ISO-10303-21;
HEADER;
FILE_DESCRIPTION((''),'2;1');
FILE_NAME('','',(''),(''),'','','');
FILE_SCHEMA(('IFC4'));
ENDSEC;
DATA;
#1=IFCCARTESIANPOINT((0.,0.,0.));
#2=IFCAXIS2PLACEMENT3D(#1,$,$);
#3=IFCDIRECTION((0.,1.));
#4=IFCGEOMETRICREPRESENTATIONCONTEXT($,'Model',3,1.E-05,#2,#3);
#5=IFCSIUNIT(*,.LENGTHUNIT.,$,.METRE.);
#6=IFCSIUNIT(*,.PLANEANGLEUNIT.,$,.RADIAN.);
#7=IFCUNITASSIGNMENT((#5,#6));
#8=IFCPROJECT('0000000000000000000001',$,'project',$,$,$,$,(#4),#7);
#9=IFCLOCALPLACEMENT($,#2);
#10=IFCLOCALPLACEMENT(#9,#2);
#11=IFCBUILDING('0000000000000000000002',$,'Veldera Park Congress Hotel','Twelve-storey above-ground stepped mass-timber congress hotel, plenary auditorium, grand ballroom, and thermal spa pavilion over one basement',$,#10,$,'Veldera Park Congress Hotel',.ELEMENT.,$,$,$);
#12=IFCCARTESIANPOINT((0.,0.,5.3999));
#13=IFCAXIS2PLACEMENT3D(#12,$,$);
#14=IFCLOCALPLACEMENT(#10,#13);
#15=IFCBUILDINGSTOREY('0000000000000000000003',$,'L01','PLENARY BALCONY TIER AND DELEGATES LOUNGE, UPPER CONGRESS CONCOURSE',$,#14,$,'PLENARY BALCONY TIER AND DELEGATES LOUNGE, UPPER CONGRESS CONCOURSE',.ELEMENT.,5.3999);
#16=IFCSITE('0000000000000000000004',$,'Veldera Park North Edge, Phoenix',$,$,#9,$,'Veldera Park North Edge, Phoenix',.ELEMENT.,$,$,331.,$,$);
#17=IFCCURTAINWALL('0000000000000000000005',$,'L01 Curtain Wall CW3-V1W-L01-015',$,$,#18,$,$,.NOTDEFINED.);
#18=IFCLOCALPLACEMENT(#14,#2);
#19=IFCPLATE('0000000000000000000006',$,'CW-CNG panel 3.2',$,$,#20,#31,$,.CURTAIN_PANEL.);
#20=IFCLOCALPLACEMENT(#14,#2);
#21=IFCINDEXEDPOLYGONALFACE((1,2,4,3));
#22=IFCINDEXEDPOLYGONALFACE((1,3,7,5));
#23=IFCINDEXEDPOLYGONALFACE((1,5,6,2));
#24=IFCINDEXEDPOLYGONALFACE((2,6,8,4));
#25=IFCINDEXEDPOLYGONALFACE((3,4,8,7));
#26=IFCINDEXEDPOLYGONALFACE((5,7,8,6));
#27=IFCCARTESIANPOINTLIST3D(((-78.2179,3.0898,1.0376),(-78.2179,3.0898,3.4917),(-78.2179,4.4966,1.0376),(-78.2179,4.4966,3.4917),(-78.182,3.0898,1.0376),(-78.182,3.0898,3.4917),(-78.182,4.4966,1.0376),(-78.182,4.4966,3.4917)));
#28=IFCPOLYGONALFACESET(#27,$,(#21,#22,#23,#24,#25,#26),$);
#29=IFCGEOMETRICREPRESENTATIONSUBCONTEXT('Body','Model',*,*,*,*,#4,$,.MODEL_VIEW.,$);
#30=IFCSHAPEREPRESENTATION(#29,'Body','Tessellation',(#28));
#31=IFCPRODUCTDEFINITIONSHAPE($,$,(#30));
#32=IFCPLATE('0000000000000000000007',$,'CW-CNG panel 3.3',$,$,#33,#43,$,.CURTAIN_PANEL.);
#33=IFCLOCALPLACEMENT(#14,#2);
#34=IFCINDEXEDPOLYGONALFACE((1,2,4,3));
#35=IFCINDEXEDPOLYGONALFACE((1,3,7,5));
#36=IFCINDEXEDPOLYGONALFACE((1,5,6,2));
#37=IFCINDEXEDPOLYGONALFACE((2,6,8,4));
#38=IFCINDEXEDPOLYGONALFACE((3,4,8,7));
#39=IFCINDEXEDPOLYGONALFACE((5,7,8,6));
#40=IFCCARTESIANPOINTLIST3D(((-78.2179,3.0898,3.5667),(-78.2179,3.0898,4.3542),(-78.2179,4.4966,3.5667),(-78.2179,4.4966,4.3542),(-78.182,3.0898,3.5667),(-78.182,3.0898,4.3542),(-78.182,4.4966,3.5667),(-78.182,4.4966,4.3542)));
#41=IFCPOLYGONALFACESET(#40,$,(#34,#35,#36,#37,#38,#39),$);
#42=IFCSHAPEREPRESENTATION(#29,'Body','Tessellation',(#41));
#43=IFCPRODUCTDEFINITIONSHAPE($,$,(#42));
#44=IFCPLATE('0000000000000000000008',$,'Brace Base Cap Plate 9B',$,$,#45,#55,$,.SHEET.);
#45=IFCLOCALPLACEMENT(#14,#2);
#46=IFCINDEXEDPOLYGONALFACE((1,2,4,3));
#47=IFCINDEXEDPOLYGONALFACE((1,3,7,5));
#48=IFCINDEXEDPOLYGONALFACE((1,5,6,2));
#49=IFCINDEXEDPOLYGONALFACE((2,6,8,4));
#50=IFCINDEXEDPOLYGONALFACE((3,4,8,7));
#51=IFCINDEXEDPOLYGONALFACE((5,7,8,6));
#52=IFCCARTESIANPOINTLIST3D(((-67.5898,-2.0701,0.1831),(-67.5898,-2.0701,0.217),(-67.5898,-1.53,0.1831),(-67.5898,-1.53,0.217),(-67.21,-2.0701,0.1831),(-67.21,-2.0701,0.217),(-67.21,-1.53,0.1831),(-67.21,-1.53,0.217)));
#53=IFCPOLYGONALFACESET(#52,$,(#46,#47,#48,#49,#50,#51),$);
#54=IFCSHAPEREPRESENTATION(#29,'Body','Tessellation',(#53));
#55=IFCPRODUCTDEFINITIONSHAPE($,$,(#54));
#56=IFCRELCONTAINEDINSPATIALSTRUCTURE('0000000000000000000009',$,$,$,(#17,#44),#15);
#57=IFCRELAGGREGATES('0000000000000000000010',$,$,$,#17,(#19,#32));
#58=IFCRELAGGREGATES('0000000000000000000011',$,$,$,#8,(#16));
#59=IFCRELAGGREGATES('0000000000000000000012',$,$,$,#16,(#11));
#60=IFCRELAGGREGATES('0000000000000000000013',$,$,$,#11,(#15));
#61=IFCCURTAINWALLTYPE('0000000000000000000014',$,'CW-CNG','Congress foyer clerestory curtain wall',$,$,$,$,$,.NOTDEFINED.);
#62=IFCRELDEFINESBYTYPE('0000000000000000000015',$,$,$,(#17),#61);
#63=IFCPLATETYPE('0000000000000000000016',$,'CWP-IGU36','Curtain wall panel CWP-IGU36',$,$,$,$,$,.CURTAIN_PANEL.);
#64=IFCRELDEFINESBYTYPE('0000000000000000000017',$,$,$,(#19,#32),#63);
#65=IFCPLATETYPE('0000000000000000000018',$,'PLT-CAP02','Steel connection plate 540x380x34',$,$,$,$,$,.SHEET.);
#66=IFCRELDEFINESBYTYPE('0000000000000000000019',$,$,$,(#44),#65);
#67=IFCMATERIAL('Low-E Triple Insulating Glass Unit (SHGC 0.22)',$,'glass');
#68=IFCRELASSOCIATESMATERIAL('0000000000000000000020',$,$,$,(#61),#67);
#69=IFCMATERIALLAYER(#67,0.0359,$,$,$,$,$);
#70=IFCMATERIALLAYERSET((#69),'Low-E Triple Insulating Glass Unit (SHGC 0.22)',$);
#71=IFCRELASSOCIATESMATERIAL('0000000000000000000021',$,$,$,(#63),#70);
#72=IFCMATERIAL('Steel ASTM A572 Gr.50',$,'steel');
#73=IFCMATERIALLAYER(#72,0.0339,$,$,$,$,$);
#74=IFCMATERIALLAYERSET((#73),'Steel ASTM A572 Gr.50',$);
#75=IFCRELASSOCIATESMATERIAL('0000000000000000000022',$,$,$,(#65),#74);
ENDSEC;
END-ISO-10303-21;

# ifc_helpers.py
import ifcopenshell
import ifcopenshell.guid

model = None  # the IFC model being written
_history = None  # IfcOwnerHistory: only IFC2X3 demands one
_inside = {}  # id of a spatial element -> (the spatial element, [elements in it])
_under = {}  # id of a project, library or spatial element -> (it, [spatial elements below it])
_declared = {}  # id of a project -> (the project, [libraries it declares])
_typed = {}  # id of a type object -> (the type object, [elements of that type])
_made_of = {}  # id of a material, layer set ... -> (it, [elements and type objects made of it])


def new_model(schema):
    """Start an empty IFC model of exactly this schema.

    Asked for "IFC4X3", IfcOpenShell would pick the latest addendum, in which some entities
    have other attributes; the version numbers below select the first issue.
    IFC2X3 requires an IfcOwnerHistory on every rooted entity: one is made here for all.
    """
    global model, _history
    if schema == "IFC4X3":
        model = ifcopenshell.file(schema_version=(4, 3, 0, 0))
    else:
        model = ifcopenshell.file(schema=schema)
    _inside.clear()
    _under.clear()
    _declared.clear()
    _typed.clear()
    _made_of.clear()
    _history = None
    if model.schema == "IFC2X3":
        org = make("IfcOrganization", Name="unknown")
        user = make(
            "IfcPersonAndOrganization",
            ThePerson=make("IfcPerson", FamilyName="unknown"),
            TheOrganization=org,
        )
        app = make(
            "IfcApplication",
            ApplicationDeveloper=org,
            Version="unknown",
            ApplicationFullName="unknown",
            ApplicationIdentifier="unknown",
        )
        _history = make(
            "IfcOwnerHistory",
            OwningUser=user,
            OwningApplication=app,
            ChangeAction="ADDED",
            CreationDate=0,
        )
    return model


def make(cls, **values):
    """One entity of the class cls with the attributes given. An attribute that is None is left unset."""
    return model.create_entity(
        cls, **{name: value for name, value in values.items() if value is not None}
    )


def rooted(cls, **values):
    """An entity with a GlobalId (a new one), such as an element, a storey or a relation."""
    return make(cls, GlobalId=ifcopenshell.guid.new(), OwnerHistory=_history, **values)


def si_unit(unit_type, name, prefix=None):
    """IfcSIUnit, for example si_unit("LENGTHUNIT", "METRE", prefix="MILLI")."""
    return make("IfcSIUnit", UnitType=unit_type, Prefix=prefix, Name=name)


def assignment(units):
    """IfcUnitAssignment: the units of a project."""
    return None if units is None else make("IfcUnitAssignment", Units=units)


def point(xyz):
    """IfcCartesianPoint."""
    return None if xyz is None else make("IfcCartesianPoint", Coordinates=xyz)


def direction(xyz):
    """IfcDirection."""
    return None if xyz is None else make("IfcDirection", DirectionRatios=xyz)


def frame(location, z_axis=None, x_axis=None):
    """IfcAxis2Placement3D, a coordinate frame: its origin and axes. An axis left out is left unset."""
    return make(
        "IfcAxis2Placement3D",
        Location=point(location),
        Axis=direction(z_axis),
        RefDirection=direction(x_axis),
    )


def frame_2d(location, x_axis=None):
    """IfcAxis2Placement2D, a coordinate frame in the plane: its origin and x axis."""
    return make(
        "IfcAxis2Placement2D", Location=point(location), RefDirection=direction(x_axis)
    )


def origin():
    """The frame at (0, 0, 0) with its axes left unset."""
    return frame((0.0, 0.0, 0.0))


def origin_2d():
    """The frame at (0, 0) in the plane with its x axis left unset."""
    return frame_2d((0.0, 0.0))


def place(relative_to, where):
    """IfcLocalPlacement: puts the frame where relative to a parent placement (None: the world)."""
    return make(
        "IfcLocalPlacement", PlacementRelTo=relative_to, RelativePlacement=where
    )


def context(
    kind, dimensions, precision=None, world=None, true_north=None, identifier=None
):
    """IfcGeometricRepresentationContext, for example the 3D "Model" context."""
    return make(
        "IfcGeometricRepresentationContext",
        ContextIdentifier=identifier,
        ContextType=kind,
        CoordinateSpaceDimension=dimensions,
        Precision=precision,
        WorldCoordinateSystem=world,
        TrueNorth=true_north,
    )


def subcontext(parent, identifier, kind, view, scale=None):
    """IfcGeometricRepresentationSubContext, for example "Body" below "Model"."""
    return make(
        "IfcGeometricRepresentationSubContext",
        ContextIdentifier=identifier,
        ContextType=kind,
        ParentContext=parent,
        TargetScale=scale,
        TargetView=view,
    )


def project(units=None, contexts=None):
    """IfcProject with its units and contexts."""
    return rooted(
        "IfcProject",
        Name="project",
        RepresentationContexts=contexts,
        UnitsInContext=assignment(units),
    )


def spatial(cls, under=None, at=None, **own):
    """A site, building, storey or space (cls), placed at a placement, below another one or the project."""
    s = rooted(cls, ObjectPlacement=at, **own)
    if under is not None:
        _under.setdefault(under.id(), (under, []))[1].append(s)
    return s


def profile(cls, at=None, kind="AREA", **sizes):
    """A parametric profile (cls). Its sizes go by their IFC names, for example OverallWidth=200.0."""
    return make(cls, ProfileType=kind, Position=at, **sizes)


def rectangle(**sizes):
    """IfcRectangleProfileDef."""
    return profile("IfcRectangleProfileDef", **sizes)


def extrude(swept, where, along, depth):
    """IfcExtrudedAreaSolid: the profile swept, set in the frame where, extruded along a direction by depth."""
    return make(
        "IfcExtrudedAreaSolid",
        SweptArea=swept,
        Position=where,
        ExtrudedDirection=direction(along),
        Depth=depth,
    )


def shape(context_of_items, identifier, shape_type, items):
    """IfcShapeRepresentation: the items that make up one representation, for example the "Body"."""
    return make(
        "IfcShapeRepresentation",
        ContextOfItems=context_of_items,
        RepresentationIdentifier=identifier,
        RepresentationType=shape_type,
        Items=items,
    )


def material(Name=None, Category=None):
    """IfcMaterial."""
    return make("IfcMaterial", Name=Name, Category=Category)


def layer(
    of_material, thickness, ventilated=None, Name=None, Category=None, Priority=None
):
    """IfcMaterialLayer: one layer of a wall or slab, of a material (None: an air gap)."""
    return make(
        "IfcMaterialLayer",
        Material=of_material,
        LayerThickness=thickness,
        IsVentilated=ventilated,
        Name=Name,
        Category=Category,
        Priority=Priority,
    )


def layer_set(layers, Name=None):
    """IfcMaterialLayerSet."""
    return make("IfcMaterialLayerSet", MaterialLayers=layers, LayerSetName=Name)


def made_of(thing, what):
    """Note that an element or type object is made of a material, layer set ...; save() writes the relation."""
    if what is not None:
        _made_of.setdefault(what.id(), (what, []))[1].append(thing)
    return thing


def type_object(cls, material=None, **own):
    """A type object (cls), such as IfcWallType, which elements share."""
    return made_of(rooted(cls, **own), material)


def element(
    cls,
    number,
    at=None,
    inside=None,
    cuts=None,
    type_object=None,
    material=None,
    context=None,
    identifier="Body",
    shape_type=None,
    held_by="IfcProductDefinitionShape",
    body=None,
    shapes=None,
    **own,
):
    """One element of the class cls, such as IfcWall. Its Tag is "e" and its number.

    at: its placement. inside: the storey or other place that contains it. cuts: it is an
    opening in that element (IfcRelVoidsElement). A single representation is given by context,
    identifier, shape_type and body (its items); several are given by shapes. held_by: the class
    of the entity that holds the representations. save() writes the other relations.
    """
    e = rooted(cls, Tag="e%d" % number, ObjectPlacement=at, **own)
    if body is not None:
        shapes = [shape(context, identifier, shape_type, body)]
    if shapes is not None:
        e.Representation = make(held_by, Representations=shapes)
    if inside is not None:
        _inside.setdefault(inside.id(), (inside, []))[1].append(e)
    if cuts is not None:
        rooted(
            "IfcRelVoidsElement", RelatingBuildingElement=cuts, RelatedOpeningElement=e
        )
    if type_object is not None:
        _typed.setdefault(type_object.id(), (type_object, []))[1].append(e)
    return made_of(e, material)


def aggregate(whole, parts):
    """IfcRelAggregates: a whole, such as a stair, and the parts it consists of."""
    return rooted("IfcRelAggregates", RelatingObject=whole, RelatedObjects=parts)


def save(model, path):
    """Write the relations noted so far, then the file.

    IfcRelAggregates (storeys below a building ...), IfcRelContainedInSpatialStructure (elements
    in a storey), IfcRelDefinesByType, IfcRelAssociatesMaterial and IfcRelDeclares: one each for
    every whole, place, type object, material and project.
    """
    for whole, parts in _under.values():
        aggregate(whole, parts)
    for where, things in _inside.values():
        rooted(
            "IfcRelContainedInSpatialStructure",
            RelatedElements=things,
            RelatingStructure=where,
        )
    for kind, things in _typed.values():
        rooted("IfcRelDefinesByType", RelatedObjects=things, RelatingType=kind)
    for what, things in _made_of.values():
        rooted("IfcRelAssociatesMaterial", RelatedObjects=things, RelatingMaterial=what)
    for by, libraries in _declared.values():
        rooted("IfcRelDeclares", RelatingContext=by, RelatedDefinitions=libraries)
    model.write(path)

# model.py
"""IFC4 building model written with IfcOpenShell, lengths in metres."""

from ifc_helpers import new_model, si_unit, direction, frame, origin, origin_2d, place, context, subcontext, project, spatial, rectangle, extrude, material, layer, layer_set, type_object, element, aggregate, save


model = new_model("IFC4")

# Units and contexts
model_context = context("Model", 3, precision=1e-05, world=origin(), true_north=direction((0.0, 1.0)))
body_context = subcontext(model_context, "Body", "Model", "MODEL_VIEW")
ifc_project = project(units=[si_unit("LENGTHUNIT", "METRE"), si_unit("PLANEANGLEUNIT", "RADIAN")], contexts=[model_context])

# Site, building, storey
site_placement = place(None, origin())
site = spatial("IfcSite", under=ifc_project, at=site_placement, Name="Veldera Park North Edge, Phoenix", LongName="Veldera Park North Edge, Phoenix", CompositionType="ELEMENT", RefElevation=331.0)
building_placement = place(site_placement, origin())
building = spatial("IfcBuilding", under=site, at=building_placement, Name="Veldera Park Congress Hotel", Description="Twelve-storey above-ground stepped mass-timber congress hotel, plenary auditorium, grand ballroom, and thermal spa pavilion over one basement", LongName="Veldera Park Congress Hotel", CompositionType="ELEMENT")
storey_placement = place(building_placement, frame((0.0, 0.0, 5.3999)))
storey = spatial("IfcBuildingStorey", under=building, at=storey_placement, Name="L01", Description="PLENARY BALCONY TIER AND DELEGATES LOUNGE, UPPER CONGRESS CONCOURSE", LongName="PLENARY BALCONY TIER AND DELEGATES LOUNGE, UPPER CONGRESS CONCOURSE", CompositionType="ELEMENT", Elevation=5.3999)

# Curtain wall
ifc_material_1 = material(Name="Low-E Triple Insulating Glass Unit (SHGC 0.22)", Category="glass")
curtain_wall_type = type_object("IfcCurtainWallType", Name="CW-CNG", Description="Congress foyer clerestory curtain wall", PredefinedType="NOTDEFINED", material=ifc_material_1)
curtain_wall_1_placement = place(storey_placement, origin())
curtain_wall_1 = element("IfcCurtainWall", 1, at=curtain_wall_1_placement, inside=storey, type_object=curtain_wall_type, Name="L01 Curtain Wall CW3-V1W-L01-015", PredefinedType="NOTDEFINED")

# Plates
ifc_layer_1 = layer(ifc_material_1, 0.0359)
ifc_layer_set_1 = layer_set([ifc_layer_1], Name="Low-E Triple Insulating Glass Unit (SHGC 0.22)")
plate_type_1 = type_object("IfcPlateType", Name="CWP-IGU36", Description="Curtain wall panel CWP-IGU36", PredefinedType="CURTAIN_PANEL", material=ifc_layer_set_1)
plate_1_placement = place(storey_placement, frame((-78.2, 3.7932, 1.0376), z_axis=(0.0, 0.0, 1.0), x_axis=(0.0, -1.0, 0.0)))
plate_1 = element("IfcPlate", 2, at=plate_1_placement, type_object=plate_type_1, Name="CW-CNG panel 3.2", PredefinedType="CURTAIN_PANEL", context=body_context, shape_type="SweptSolid", body=[
    extrude(rectangle(XDim=1.4067, YDim=0.0359, at=origin_2d()), origin(), (0.0, 0.0, 1.0), 2.4541),
])
plate_2_placement = place(storey_placement, frame((-78.2, 3.7932, 3.5667), z_axis=(0.0, 0.0, 1.0), x_axis=(0.0, -1.0, 0.0)))
plate_2 = element("IfcPlate", 3, at=plate_2_placement, type_object=plate_type_1, Name="CW-CNG panel 3.3", PredefinedType="CURTAIN_PANEL", context=body_context, shape_type="SweptSolid", body=[
    extrude(rectangle(XDim=1.4067, YDim=0.0359, at=origin_2d()), origin(), (0.0, 0.0, 1.0), 0.7876),
])
aggregate(curtain_wall_1, [plate_1, plate_2])
ifc_material_2 = material(Name="Steel ASTM A572 Gr.50", Category="steel")
ifc_layer_2 = layer(ifc_material_2, 0.0339)
ifc_layer_set_2 = layer_set([ifc_layer_2], Name="Steel ASTM A572 Gr.50")
plate_type_2 = type_object("IfcPlateType", Name="PLT-CAP02", Description="Steel connection plate 540x380x34", PredefinedType="SHEET", material=ifc_layer_set_2)
plate_3_placement = place(storey_placement, frame((-67.3999, -1.8, 0.1831), z_axis=(0.0, 0.0, 1.0), x_axis=(0.0, 1.0, 0.0)))
element("IfcPlate", 4, at=plate_3_placement, inside=storey, type_object=plate_type_2, Name="Brace Base Cap Plate 9B", PredefinedType="SHEET", context=body_context, shape_type="SweptSolid", body=[
    extrude(rectangle(XDim=0.54, YDim=0.3799, at=origin_2d()), origin(), (0.0, 0.0, 1.0), 0.0339),
])

save(model, "model.ifc")
